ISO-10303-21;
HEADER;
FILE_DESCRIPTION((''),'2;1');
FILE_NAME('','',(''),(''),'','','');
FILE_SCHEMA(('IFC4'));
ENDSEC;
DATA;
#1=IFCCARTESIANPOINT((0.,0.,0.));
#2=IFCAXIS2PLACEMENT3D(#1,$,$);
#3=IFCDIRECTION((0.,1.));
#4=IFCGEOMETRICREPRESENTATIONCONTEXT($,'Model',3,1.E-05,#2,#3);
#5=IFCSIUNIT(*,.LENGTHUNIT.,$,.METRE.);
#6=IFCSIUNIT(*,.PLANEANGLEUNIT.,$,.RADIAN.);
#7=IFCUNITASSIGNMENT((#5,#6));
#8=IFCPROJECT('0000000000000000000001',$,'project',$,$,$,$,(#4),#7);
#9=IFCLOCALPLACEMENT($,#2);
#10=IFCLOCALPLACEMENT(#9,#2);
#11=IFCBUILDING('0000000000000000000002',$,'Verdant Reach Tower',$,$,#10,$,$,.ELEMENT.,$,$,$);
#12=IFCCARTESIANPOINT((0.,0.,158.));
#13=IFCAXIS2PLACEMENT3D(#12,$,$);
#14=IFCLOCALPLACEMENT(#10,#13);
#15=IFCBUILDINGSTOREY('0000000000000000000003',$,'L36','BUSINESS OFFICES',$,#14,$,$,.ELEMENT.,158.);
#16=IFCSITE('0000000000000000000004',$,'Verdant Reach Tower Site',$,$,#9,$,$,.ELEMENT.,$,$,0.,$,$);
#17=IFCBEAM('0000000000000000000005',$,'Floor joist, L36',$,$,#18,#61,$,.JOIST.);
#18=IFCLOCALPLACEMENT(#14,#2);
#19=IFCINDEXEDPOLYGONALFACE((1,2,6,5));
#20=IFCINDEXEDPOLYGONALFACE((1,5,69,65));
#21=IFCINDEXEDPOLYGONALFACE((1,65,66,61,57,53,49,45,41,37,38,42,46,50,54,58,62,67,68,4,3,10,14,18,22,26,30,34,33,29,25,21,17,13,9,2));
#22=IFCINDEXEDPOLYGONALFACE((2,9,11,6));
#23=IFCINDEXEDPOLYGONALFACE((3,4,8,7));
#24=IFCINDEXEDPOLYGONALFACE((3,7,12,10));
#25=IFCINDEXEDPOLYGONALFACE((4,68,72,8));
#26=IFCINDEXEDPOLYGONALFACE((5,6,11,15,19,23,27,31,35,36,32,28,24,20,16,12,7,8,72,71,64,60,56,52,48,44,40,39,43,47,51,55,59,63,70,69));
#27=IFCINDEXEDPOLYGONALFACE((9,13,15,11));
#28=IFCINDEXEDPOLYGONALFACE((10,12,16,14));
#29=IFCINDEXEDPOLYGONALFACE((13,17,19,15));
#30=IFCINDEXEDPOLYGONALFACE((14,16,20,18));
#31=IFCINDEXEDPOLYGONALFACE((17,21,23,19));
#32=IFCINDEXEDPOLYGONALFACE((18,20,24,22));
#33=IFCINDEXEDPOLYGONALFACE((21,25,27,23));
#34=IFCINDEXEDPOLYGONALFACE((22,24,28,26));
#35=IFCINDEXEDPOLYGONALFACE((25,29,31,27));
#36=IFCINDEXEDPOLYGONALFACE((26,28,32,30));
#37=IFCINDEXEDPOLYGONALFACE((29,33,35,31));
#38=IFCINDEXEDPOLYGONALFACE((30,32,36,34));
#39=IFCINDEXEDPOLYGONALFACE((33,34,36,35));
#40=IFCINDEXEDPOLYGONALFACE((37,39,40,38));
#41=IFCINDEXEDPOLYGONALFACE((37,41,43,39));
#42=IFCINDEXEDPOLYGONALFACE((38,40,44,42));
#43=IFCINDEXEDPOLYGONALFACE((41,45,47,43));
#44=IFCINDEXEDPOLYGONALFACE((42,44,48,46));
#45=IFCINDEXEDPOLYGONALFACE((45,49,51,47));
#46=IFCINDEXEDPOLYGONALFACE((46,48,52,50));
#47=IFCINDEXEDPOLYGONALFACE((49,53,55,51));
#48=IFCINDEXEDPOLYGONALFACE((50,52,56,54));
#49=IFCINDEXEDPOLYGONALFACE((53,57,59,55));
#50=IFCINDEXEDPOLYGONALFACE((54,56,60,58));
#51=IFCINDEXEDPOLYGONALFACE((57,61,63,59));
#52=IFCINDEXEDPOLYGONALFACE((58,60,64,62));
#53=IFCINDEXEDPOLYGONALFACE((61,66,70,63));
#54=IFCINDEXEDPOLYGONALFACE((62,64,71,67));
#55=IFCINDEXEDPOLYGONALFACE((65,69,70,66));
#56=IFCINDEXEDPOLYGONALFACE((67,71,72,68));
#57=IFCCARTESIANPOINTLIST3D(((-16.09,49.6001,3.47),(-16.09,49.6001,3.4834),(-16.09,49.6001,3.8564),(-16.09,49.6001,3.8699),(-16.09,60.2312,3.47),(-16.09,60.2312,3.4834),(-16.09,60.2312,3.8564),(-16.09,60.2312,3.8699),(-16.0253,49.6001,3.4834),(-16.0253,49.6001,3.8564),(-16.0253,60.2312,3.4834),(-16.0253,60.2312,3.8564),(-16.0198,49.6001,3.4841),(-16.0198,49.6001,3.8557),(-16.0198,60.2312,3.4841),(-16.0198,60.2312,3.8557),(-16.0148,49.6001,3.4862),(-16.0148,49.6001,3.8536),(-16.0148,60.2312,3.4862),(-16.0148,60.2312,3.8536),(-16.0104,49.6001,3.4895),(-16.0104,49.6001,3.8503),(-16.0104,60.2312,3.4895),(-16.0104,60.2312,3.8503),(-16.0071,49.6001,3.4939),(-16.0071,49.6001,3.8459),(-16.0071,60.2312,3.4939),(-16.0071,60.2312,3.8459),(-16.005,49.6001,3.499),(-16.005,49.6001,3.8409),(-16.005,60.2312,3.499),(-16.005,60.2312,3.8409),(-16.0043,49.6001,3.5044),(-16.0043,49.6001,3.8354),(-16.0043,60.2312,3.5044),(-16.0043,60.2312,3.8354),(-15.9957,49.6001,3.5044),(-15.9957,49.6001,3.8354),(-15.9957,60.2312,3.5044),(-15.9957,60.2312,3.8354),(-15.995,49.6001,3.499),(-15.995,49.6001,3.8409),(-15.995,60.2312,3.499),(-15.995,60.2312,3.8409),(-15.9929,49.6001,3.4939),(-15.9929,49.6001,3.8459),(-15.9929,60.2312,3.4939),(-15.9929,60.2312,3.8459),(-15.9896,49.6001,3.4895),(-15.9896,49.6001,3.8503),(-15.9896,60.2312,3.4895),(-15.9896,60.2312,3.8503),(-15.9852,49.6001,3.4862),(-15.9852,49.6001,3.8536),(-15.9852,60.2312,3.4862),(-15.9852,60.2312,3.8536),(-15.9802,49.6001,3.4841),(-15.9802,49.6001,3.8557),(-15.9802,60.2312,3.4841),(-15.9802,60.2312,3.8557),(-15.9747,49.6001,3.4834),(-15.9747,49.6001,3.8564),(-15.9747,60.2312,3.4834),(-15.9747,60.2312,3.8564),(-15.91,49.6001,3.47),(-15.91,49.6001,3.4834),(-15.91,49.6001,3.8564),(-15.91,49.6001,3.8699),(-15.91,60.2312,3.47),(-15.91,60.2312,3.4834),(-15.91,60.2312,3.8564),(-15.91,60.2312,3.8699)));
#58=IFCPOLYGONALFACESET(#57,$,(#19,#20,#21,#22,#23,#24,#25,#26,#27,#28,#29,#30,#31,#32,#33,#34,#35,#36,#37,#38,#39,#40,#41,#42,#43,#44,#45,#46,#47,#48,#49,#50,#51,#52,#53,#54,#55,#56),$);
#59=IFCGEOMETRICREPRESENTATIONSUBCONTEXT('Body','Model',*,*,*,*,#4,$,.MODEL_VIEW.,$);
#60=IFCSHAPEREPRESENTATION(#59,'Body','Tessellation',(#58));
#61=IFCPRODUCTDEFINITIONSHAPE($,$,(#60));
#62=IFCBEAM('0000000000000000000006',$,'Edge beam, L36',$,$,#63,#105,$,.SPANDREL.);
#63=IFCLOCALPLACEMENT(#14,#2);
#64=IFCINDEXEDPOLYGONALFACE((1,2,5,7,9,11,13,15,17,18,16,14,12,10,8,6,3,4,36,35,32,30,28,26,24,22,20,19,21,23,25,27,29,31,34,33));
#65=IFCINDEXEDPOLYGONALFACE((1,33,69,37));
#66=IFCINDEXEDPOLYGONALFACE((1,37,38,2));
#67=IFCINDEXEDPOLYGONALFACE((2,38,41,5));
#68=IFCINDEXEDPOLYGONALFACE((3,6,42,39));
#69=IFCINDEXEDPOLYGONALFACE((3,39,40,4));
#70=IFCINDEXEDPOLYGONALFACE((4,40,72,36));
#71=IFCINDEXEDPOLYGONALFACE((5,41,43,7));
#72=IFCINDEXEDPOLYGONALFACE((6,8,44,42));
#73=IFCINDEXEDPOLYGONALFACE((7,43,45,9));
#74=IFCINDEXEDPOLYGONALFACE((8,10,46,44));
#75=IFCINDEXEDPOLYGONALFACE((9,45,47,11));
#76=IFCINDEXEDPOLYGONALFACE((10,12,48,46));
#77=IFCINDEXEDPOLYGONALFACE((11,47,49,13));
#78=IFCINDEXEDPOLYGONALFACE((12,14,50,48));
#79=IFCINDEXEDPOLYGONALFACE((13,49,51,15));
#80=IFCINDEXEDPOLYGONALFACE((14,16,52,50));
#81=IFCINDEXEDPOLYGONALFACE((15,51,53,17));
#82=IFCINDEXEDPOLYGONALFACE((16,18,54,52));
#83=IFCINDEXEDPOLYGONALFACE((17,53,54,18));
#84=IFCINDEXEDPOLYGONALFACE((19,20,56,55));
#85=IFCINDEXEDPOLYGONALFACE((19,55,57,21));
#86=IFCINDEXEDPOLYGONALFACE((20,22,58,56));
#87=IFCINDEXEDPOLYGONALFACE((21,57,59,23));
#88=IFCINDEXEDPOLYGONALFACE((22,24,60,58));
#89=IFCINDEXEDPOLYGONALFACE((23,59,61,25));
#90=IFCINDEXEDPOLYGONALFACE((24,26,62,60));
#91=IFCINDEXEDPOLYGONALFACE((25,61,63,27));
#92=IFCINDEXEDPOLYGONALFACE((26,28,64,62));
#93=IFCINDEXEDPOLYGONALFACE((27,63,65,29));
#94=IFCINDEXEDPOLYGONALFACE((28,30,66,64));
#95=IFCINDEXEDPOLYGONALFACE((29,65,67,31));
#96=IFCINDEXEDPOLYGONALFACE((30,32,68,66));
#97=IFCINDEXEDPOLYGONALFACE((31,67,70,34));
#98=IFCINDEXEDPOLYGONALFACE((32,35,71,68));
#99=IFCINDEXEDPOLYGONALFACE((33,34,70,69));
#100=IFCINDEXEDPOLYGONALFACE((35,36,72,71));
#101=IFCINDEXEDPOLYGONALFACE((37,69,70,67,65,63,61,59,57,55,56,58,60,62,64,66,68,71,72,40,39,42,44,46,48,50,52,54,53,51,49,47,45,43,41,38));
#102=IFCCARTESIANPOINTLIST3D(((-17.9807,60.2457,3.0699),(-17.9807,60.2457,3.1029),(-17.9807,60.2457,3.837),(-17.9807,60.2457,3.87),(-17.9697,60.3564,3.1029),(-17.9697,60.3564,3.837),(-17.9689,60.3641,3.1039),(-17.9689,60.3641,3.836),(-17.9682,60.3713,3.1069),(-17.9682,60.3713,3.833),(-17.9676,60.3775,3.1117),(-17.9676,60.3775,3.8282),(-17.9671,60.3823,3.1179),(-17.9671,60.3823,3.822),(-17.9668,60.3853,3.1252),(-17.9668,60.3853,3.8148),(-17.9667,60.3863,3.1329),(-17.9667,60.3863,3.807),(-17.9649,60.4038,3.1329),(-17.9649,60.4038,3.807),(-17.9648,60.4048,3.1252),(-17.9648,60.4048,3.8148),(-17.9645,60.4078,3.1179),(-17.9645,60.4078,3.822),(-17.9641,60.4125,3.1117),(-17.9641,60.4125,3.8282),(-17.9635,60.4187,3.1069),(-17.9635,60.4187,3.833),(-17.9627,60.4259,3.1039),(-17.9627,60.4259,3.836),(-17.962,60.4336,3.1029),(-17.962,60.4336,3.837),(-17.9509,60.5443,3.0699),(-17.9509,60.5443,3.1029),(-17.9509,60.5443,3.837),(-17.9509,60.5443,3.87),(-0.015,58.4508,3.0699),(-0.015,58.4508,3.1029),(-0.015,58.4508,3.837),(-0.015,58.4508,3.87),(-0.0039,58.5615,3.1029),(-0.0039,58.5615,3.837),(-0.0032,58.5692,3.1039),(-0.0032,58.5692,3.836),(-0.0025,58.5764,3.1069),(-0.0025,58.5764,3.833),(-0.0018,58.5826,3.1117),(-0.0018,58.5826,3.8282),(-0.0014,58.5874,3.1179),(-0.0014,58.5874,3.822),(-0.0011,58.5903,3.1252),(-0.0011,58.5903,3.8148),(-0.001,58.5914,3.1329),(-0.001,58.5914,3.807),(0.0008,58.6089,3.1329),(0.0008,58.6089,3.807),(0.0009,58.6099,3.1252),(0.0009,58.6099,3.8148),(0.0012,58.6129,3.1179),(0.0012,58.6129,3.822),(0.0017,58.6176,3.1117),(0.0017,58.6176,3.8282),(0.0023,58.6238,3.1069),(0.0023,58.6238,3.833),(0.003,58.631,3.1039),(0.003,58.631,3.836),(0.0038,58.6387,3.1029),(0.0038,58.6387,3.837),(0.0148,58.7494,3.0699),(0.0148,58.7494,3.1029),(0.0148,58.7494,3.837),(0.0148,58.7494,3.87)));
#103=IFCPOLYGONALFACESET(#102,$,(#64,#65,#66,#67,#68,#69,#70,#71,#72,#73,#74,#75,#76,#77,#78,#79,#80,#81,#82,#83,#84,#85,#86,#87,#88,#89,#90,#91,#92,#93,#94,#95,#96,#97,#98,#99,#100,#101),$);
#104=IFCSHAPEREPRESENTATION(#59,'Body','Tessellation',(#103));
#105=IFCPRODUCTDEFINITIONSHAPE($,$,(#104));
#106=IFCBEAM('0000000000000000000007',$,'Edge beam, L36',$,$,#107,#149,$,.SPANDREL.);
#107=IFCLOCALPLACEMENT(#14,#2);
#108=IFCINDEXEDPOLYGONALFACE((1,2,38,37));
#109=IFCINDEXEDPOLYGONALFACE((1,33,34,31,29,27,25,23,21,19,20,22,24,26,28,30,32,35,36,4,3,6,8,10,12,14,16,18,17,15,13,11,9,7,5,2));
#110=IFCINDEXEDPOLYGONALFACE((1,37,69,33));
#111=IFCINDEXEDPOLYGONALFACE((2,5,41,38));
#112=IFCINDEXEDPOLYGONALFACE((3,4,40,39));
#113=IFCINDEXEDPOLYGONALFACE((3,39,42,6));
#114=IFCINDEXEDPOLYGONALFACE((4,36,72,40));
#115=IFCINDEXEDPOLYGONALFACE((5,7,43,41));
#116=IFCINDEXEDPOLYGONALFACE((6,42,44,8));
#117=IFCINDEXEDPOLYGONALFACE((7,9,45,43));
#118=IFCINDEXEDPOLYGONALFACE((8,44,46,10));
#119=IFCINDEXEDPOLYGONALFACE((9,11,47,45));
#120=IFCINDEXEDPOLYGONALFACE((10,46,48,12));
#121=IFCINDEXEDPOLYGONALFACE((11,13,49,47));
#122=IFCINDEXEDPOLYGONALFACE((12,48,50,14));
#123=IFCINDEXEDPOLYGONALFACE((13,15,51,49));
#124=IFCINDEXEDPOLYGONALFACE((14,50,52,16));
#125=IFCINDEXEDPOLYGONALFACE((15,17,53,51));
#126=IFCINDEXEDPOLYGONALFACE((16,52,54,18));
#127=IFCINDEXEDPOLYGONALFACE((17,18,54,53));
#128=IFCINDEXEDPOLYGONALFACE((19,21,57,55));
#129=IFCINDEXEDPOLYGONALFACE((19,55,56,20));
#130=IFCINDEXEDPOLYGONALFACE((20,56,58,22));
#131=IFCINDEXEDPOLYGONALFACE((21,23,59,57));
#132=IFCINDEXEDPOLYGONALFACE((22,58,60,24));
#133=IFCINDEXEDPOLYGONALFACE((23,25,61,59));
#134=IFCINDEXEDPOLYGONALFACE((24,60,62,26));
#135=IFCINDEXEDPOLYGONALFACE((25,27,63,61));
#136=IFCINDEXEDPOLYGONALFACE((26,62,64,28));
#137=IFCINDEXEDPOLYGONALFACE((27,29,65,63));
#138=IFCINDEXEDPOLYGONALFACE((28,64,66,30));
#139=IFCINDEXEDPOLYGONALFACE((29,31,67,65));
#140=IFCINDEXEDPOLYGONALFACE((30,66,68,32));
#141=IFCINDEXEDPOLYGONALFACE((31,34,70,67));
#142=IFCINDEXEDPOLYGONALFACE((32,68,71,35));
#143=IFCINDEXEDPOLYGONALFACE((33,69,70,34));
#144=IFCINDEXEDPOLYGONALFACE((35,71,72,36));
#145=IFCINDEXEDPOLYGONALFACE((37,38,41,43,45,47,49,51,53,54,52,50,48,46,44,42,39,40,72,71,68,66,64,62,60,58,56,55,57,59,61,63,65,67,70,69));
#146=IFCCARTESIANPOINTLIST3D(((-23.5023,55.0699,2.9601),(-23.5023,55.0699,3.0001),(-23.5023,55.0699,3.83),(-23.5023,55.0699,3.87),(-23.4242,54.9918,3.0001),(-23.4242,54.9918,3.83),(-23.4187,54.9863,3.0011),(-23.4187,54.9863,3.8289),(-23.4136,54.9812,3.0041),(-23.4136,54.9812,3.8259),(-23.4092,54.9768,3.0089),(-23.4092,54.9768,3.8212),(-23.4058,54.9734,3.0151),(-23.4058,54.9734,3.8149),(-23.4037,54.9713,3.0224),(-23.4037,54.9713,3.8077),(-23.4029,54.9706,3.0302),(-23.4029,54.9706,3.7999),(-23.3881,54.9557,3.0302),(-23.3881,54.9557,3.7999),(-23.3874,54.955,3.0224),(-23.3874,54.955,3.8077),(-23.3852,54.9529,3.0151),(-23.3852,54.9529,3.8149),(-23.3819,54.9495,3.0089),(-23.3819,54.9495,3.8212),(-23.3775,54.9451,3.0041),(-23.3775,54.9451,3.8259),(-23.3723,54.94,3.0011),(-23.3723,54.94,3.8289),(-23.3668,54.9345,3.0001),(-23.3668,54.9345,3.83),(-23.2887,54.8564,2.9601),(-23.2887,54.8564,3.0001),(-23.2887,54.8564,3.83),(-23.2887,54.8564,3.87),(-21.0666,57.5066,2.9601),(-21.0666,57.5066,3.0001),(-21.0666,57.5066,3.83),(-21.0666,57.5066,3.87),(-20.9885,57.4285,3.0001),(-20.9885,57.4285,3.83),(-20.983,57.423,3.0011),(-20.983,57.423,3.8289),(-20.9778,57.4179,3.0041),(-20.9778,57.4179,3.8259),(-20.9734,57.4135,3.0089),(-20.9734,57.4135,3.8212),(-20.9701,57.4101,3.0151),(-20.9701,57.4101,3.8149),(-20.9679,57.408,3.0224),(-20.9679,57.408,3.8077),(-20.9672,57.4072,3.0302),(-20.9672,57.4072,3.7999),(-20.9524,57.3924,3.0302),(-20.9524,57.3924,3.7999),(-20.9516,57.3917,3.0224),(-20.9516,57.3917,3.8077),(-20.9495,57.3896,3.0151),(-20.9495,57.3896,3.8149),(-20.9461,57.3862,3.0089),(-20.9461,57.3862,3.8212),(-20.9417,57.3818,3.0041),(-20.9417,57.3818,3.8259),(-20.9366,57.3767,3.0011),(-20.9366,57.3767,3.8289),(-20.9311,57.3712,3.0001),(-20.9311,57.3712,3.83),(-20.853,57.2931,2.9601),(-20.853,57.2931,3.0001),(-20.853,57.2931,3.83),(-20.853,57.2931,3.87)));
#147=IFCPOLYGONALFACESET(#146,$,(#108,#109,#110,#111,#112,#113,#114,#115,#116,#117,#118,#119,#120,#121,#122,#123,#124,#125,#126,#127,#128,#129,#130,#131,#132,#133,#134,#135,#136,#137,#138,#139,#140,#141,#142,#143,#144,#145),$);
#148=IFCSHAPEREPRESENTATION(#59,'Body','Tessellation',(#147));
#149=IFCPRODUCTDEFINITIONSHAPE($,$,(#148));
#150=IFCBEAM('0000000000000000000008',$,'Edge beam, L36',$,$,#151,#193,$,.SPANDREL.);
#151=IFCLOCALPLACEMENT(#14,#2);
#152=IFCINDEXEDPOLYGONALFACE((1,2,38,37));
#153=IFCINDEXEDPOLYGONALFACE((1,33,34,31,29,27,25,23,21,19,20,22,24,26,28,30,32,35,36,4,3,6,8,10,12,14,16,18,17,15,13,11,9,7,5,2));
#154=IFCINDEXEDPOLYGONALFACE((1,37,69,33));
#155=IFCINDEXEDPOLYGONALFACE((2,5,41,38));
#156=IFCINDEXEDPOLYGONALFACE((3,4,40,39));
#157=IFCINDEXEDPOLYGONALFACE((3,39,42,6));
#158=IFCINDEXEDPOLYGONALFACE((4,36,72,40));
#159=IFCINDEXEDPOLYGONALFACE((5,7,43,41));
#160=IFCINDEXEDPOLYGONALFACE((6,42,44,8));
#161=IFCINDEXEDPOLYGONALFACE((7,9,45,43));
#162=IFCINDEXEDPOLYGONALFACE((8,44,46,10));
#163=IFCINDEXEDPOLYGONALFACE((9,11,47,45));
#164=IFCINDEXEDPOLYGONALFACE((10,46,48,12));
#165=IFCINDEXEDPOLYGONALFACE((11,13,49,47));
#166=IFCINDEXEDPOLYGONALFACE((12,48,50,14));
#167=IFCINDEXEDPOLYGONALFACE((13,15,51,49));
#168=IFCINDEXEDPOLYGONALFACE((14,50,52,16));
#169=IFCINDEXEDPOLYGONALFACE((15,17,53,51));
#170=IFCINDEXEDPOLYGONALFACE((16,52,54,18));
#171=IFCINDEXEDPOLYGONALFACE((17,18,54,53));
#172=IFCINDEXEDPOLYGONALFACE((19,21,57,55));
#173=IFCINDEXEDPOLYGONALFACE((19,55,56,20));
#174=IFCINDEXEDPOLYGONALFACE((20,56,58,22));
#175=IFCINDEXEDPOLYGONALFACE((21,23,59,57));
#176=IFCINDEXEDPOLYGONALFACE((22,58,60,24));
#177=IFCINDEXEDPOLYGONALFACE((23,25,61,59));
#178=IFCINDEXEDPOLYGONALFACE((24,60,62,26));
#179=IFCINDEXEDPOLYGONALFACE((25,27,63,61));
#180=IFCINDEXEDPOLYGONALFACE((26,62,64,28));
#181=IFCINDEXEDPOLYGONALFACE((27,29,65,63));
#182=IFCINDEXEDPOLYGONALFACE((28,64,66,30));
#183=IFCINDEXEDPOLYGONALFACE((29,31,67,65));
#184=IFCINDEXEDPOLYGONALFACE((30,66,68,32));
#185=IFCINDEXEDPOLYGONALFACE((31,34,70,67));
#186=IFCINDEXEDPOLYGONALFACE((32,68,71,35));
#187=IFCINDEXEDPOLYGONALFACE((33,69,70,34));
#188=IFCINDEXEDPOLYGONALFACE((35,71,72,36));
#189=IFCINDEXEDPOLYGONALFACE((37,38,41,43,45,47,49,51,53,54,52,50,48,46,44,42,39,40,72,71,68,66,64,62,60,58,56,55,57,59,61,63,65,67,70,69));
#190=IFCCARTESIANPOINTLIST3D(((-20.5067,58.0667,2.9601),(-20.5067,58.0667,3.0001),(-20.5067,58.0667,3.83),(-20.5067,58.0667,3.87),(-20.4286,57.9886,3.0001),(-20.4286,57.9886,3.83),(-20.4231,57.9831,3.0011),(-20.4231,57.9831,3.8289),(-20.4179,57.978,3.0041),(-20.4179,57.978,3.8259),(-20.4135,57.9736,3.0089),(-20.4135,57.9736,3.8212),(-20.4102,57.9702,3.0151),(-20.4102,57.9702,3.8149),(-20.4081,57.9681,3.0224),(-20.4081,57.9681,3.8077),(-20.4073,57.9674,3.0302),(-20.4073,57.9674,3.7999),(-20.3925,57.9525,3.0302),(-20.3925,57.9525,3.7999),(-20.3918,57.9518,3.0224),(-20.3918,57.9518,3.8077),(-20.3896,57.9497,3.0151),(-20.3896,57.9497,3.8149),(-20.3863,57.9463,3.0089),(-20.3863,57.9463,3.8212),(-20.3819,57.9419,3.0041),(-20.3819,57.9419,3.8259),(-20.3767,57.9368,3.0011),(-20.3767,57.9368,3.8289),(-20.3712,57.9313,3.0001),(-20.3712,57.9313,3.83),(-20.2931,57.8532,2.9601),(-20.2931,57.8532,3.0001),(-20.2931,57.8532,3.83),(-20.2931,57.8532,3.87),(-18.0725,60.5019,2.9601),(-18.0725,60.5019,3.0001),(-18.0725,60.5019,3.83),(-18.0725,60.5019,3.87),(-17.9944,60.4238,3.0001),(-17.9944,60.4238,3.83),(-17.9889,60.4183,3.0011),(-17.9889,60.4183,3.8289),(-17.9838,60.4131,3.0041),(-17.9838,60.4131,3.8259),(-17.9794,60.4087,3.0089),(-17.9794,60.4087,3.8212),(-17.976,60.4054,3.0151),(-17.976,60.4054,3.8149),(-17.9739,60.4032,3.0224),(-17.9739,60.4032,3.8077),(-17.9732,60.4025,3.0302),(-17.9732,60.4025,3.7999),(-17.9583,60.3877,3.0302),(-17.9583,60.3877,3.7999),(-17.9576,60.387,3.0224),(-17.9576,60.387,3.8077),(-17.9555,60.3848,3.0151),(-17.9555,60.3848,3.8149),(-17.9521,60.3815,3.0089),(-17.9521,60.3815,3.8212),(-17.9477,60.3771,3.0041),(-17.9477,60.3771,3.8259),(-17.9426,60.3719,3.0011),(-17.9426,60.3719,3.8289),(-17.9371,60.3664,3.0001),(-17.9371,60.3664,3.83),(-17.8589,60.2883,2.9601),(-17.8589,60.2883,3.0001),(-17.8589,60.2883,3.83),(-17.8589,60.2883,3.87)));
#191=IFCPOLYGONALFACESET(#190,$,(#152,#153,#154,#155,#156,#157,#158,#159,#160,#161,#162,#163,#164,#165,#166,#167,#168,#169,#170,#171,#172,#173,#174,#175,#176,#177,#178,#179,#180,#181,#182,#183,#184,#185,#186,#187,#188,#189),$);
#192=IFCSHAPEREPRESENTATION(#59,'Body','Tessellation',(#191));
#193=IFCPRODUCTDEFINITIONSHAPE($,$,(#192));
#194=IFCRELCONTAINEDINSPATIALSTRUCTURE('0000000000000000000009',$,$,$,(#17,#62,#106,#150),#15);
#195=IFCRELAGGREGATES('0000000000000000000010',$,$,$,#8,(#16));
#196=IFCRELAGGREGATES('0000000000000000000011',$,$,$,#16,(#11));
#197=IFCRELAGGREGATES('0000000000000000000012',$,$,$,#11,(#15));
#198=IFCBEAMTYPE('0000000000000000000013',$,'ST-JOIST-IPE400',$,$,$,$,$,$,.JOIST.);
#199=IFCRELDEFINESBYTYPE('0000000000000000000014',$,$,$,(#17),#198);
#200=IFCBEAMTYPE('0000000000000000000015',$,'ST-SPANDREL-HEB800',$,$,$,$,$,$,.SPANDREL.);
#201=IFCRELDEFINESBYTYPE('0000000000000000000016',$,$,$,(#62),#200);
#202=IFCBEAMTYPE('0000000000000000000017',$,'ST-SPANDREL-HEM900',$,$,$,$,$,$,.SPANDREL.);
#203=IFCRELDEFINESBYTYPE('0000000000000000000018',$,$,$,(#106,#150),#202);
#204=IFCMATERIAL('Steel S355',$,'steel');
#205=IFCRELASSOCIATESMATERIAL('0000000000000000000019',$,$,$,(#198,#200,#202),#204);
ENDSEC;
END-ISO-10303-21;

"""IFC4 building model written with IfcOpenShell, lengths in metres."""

from ifc_helpers import new_model, si_unit, direction, frame, origin, origin_2d, place, context, subcontext, project, spatial, i_section, extrude, material, material_profile, profile_set, type_object, element, save


model = new_model("IFC4")

# Units and contexts
model_context = context("Model", 3, precision=1e-05, world=origin(), true_north=direction((0.0, 1.0)))
body_context = subcontext(model_context, "Body", "Model", "MODEL_VIEW")
ifc_project = project(units=[si_unit("LENGTHUNIT", "METRE"), si_unit("PLANEANGLEUNIT", "RADIAN")], contexts=[model_context])

# Site, building, storey
site_placement = place(None, origin())
site = spatial("IfcSite", under=ifc_project, at=site_placement, Name="Verdant Reach Tower Site", CompositionType="ELEMENT", RefElevation=0.0)
building_placement = place(site_placement, origin())
building = spatial("IfcBuilding", under=site, at=building_placement, Name="Verdant Reach Tower", CompositionType="ELEMENT")
storey_placement = place(building_placement, frame((0.0, 0.0, 158.0)))
storey = spatial("IfcBuildingStorey", under=building, at=storey_placement, Name="L36", Description="BUSINESS OFFICES", CompositionType="ELEMENT", Elevation=158.0)

# Beams
ifc_material_1 = material(Name="Steel S355", Category="steel")
ifc_material_profile_1 = material_profile(ifc_material_1, i_section(OverallWidth=0.1799, OverallDepth=0.3999, WebThickness=0.0085, FlangeThickness=0.0134, FilletRadius=0.021, at=origin_2d()), Name="IPE 400")
ifc_profile_set_1 = profile_set([ifc_material_profile_1], Name="Steel S355")
beam_type_1 = type_object("IfcBeamType", Name="ST-JOIST-IPE400", PredefinedType="JOIST", material=ifc_profile_set_1)
beam_1_placement = place(storey_placement, frame((-16.0, 49.6001, 3.6699), z_axis=(0.0, 1.0, 0.0), x_axis=(-1.0, 0.0, 0.0)))
element("IfcBeam", 1, at=beam_1_placement, inside=storey, type_object=beam_type_1, Name="Floor joist, L36", PredefinedType="JOIST", context=body_context, shape_type="SweptSolid", body=[
    extrude(i_section(OverallWidth=0.1799, OverallDepth=0.3999, WebThickness=0.0085, FlangeThickness=0.0134, FilletRadius=0.021, at=origin_2d()), origin(), (0.0, 0.0, 1.0), 10.6311),
])
ifc_material_profile_2 = material_profile(ifc_material_1, i_section(OverallWidth=0.3, OverallDepth=0.8, WebThickness=0.0176, FlangeThickness=0.033, FilletRadius=0.03, at=origin_2d()), Name="HEB 800")
ifc_profile_set_2 = profile_set([ifc_material_profile_2], Name="Steel S355")
beam_type_2 = type_object("IfcBeamType", Name="ST-SPANDREL-HEB800", PredefinedType="SPANDREL", material=ifc_profile_set_2)
beam_2_placement = place(storey_placement, frame((-17.9658, 60.395, 3.47), z_axis=(0.995046, -0.099413, 0.0), x_axis=(0.099413, 0.995046, 0.0)))
element("IfcBeam", 2, at=beam_2_placement, inside=storey, type_object=beam_type_2, Name="Edge beam, L36", PredefinedType="SPANDREL", context=body_context, shape_type="SweptSolid", body=[
    extrude(i_section(OverallWidth=0.3, OverallDepth=0.8, WebThickness=0.0176, FlangeThickness=0.033, FilletRadius=0.03, at=origin_2d()), origin(), (0.0, 0.0, 1.0), 18.0552),
])
ifc_material_profile_3 = material_profile(ifc_material_1, i_section(OverallWidth=0.302, OverallDepth=0.9099, WebThickness=0.021, FlangeThickness=0.04, FilletRadius=0.03, at=origin_2d()), Name="HEM 900")
ifc_profile_set_3 = profile_set([ifc_material_profile_3], Name="Steel S355")
beam_type_3 = type_object("IfcBeamType", Name="ST-SPANDREL-HEM900", PredefinedType="SPANDREL", material=ifc_profile_set_3)
beam_3_placement = place(storey_placement, frame((-23.3955, 54.9631, 3.415), z_axis=(0.706965, 0.707248, 0.0), x_axis=(-0.707248, 0.706965, 0.0)))
element("IfcBeam", 3, at=beam_3_placement, inside=storey, type_object=beam_type_3, Name="Edge beam, L36", PredefinedType="SPANDREL", context=body_context, shape_type="SweptSolid", body=[
    extrude(i_section(OverallWidth=0.302, OverallDepth=0.9099, WebThickness=0.021, FlangeThickness=0.04, FilletRadius=0.03, at=origin_2d()), origin(), (0.0, 0.0, 1.0), 3.4453),
])
beam_4_placement = place(storey_placement, frame((-20.3999, 57.96, 3.415), z_axis=(0.706965, 0.707249, 0.0), x_axis=(-0.707249, 0.706965, 0.0)))
element("IfcBeam", 4, at=beam_4_placement, inside=storey, type_object=beam_type_3, Name="Edge beam, L36", PredefinedType="SPANDREL", context=body_context, shape_type="SweptSolid", body=[
    extrude(i_section(OverallWidth=0.302, OverallDepth=0.9099, WebThickness=0.021, FlangeThickness=0.04, FilletRadius=0.03, at=origin_2d()), origin(), (0.0, 0.0, 1.0), 3.4431),
])

save(model, "model.ifc")
